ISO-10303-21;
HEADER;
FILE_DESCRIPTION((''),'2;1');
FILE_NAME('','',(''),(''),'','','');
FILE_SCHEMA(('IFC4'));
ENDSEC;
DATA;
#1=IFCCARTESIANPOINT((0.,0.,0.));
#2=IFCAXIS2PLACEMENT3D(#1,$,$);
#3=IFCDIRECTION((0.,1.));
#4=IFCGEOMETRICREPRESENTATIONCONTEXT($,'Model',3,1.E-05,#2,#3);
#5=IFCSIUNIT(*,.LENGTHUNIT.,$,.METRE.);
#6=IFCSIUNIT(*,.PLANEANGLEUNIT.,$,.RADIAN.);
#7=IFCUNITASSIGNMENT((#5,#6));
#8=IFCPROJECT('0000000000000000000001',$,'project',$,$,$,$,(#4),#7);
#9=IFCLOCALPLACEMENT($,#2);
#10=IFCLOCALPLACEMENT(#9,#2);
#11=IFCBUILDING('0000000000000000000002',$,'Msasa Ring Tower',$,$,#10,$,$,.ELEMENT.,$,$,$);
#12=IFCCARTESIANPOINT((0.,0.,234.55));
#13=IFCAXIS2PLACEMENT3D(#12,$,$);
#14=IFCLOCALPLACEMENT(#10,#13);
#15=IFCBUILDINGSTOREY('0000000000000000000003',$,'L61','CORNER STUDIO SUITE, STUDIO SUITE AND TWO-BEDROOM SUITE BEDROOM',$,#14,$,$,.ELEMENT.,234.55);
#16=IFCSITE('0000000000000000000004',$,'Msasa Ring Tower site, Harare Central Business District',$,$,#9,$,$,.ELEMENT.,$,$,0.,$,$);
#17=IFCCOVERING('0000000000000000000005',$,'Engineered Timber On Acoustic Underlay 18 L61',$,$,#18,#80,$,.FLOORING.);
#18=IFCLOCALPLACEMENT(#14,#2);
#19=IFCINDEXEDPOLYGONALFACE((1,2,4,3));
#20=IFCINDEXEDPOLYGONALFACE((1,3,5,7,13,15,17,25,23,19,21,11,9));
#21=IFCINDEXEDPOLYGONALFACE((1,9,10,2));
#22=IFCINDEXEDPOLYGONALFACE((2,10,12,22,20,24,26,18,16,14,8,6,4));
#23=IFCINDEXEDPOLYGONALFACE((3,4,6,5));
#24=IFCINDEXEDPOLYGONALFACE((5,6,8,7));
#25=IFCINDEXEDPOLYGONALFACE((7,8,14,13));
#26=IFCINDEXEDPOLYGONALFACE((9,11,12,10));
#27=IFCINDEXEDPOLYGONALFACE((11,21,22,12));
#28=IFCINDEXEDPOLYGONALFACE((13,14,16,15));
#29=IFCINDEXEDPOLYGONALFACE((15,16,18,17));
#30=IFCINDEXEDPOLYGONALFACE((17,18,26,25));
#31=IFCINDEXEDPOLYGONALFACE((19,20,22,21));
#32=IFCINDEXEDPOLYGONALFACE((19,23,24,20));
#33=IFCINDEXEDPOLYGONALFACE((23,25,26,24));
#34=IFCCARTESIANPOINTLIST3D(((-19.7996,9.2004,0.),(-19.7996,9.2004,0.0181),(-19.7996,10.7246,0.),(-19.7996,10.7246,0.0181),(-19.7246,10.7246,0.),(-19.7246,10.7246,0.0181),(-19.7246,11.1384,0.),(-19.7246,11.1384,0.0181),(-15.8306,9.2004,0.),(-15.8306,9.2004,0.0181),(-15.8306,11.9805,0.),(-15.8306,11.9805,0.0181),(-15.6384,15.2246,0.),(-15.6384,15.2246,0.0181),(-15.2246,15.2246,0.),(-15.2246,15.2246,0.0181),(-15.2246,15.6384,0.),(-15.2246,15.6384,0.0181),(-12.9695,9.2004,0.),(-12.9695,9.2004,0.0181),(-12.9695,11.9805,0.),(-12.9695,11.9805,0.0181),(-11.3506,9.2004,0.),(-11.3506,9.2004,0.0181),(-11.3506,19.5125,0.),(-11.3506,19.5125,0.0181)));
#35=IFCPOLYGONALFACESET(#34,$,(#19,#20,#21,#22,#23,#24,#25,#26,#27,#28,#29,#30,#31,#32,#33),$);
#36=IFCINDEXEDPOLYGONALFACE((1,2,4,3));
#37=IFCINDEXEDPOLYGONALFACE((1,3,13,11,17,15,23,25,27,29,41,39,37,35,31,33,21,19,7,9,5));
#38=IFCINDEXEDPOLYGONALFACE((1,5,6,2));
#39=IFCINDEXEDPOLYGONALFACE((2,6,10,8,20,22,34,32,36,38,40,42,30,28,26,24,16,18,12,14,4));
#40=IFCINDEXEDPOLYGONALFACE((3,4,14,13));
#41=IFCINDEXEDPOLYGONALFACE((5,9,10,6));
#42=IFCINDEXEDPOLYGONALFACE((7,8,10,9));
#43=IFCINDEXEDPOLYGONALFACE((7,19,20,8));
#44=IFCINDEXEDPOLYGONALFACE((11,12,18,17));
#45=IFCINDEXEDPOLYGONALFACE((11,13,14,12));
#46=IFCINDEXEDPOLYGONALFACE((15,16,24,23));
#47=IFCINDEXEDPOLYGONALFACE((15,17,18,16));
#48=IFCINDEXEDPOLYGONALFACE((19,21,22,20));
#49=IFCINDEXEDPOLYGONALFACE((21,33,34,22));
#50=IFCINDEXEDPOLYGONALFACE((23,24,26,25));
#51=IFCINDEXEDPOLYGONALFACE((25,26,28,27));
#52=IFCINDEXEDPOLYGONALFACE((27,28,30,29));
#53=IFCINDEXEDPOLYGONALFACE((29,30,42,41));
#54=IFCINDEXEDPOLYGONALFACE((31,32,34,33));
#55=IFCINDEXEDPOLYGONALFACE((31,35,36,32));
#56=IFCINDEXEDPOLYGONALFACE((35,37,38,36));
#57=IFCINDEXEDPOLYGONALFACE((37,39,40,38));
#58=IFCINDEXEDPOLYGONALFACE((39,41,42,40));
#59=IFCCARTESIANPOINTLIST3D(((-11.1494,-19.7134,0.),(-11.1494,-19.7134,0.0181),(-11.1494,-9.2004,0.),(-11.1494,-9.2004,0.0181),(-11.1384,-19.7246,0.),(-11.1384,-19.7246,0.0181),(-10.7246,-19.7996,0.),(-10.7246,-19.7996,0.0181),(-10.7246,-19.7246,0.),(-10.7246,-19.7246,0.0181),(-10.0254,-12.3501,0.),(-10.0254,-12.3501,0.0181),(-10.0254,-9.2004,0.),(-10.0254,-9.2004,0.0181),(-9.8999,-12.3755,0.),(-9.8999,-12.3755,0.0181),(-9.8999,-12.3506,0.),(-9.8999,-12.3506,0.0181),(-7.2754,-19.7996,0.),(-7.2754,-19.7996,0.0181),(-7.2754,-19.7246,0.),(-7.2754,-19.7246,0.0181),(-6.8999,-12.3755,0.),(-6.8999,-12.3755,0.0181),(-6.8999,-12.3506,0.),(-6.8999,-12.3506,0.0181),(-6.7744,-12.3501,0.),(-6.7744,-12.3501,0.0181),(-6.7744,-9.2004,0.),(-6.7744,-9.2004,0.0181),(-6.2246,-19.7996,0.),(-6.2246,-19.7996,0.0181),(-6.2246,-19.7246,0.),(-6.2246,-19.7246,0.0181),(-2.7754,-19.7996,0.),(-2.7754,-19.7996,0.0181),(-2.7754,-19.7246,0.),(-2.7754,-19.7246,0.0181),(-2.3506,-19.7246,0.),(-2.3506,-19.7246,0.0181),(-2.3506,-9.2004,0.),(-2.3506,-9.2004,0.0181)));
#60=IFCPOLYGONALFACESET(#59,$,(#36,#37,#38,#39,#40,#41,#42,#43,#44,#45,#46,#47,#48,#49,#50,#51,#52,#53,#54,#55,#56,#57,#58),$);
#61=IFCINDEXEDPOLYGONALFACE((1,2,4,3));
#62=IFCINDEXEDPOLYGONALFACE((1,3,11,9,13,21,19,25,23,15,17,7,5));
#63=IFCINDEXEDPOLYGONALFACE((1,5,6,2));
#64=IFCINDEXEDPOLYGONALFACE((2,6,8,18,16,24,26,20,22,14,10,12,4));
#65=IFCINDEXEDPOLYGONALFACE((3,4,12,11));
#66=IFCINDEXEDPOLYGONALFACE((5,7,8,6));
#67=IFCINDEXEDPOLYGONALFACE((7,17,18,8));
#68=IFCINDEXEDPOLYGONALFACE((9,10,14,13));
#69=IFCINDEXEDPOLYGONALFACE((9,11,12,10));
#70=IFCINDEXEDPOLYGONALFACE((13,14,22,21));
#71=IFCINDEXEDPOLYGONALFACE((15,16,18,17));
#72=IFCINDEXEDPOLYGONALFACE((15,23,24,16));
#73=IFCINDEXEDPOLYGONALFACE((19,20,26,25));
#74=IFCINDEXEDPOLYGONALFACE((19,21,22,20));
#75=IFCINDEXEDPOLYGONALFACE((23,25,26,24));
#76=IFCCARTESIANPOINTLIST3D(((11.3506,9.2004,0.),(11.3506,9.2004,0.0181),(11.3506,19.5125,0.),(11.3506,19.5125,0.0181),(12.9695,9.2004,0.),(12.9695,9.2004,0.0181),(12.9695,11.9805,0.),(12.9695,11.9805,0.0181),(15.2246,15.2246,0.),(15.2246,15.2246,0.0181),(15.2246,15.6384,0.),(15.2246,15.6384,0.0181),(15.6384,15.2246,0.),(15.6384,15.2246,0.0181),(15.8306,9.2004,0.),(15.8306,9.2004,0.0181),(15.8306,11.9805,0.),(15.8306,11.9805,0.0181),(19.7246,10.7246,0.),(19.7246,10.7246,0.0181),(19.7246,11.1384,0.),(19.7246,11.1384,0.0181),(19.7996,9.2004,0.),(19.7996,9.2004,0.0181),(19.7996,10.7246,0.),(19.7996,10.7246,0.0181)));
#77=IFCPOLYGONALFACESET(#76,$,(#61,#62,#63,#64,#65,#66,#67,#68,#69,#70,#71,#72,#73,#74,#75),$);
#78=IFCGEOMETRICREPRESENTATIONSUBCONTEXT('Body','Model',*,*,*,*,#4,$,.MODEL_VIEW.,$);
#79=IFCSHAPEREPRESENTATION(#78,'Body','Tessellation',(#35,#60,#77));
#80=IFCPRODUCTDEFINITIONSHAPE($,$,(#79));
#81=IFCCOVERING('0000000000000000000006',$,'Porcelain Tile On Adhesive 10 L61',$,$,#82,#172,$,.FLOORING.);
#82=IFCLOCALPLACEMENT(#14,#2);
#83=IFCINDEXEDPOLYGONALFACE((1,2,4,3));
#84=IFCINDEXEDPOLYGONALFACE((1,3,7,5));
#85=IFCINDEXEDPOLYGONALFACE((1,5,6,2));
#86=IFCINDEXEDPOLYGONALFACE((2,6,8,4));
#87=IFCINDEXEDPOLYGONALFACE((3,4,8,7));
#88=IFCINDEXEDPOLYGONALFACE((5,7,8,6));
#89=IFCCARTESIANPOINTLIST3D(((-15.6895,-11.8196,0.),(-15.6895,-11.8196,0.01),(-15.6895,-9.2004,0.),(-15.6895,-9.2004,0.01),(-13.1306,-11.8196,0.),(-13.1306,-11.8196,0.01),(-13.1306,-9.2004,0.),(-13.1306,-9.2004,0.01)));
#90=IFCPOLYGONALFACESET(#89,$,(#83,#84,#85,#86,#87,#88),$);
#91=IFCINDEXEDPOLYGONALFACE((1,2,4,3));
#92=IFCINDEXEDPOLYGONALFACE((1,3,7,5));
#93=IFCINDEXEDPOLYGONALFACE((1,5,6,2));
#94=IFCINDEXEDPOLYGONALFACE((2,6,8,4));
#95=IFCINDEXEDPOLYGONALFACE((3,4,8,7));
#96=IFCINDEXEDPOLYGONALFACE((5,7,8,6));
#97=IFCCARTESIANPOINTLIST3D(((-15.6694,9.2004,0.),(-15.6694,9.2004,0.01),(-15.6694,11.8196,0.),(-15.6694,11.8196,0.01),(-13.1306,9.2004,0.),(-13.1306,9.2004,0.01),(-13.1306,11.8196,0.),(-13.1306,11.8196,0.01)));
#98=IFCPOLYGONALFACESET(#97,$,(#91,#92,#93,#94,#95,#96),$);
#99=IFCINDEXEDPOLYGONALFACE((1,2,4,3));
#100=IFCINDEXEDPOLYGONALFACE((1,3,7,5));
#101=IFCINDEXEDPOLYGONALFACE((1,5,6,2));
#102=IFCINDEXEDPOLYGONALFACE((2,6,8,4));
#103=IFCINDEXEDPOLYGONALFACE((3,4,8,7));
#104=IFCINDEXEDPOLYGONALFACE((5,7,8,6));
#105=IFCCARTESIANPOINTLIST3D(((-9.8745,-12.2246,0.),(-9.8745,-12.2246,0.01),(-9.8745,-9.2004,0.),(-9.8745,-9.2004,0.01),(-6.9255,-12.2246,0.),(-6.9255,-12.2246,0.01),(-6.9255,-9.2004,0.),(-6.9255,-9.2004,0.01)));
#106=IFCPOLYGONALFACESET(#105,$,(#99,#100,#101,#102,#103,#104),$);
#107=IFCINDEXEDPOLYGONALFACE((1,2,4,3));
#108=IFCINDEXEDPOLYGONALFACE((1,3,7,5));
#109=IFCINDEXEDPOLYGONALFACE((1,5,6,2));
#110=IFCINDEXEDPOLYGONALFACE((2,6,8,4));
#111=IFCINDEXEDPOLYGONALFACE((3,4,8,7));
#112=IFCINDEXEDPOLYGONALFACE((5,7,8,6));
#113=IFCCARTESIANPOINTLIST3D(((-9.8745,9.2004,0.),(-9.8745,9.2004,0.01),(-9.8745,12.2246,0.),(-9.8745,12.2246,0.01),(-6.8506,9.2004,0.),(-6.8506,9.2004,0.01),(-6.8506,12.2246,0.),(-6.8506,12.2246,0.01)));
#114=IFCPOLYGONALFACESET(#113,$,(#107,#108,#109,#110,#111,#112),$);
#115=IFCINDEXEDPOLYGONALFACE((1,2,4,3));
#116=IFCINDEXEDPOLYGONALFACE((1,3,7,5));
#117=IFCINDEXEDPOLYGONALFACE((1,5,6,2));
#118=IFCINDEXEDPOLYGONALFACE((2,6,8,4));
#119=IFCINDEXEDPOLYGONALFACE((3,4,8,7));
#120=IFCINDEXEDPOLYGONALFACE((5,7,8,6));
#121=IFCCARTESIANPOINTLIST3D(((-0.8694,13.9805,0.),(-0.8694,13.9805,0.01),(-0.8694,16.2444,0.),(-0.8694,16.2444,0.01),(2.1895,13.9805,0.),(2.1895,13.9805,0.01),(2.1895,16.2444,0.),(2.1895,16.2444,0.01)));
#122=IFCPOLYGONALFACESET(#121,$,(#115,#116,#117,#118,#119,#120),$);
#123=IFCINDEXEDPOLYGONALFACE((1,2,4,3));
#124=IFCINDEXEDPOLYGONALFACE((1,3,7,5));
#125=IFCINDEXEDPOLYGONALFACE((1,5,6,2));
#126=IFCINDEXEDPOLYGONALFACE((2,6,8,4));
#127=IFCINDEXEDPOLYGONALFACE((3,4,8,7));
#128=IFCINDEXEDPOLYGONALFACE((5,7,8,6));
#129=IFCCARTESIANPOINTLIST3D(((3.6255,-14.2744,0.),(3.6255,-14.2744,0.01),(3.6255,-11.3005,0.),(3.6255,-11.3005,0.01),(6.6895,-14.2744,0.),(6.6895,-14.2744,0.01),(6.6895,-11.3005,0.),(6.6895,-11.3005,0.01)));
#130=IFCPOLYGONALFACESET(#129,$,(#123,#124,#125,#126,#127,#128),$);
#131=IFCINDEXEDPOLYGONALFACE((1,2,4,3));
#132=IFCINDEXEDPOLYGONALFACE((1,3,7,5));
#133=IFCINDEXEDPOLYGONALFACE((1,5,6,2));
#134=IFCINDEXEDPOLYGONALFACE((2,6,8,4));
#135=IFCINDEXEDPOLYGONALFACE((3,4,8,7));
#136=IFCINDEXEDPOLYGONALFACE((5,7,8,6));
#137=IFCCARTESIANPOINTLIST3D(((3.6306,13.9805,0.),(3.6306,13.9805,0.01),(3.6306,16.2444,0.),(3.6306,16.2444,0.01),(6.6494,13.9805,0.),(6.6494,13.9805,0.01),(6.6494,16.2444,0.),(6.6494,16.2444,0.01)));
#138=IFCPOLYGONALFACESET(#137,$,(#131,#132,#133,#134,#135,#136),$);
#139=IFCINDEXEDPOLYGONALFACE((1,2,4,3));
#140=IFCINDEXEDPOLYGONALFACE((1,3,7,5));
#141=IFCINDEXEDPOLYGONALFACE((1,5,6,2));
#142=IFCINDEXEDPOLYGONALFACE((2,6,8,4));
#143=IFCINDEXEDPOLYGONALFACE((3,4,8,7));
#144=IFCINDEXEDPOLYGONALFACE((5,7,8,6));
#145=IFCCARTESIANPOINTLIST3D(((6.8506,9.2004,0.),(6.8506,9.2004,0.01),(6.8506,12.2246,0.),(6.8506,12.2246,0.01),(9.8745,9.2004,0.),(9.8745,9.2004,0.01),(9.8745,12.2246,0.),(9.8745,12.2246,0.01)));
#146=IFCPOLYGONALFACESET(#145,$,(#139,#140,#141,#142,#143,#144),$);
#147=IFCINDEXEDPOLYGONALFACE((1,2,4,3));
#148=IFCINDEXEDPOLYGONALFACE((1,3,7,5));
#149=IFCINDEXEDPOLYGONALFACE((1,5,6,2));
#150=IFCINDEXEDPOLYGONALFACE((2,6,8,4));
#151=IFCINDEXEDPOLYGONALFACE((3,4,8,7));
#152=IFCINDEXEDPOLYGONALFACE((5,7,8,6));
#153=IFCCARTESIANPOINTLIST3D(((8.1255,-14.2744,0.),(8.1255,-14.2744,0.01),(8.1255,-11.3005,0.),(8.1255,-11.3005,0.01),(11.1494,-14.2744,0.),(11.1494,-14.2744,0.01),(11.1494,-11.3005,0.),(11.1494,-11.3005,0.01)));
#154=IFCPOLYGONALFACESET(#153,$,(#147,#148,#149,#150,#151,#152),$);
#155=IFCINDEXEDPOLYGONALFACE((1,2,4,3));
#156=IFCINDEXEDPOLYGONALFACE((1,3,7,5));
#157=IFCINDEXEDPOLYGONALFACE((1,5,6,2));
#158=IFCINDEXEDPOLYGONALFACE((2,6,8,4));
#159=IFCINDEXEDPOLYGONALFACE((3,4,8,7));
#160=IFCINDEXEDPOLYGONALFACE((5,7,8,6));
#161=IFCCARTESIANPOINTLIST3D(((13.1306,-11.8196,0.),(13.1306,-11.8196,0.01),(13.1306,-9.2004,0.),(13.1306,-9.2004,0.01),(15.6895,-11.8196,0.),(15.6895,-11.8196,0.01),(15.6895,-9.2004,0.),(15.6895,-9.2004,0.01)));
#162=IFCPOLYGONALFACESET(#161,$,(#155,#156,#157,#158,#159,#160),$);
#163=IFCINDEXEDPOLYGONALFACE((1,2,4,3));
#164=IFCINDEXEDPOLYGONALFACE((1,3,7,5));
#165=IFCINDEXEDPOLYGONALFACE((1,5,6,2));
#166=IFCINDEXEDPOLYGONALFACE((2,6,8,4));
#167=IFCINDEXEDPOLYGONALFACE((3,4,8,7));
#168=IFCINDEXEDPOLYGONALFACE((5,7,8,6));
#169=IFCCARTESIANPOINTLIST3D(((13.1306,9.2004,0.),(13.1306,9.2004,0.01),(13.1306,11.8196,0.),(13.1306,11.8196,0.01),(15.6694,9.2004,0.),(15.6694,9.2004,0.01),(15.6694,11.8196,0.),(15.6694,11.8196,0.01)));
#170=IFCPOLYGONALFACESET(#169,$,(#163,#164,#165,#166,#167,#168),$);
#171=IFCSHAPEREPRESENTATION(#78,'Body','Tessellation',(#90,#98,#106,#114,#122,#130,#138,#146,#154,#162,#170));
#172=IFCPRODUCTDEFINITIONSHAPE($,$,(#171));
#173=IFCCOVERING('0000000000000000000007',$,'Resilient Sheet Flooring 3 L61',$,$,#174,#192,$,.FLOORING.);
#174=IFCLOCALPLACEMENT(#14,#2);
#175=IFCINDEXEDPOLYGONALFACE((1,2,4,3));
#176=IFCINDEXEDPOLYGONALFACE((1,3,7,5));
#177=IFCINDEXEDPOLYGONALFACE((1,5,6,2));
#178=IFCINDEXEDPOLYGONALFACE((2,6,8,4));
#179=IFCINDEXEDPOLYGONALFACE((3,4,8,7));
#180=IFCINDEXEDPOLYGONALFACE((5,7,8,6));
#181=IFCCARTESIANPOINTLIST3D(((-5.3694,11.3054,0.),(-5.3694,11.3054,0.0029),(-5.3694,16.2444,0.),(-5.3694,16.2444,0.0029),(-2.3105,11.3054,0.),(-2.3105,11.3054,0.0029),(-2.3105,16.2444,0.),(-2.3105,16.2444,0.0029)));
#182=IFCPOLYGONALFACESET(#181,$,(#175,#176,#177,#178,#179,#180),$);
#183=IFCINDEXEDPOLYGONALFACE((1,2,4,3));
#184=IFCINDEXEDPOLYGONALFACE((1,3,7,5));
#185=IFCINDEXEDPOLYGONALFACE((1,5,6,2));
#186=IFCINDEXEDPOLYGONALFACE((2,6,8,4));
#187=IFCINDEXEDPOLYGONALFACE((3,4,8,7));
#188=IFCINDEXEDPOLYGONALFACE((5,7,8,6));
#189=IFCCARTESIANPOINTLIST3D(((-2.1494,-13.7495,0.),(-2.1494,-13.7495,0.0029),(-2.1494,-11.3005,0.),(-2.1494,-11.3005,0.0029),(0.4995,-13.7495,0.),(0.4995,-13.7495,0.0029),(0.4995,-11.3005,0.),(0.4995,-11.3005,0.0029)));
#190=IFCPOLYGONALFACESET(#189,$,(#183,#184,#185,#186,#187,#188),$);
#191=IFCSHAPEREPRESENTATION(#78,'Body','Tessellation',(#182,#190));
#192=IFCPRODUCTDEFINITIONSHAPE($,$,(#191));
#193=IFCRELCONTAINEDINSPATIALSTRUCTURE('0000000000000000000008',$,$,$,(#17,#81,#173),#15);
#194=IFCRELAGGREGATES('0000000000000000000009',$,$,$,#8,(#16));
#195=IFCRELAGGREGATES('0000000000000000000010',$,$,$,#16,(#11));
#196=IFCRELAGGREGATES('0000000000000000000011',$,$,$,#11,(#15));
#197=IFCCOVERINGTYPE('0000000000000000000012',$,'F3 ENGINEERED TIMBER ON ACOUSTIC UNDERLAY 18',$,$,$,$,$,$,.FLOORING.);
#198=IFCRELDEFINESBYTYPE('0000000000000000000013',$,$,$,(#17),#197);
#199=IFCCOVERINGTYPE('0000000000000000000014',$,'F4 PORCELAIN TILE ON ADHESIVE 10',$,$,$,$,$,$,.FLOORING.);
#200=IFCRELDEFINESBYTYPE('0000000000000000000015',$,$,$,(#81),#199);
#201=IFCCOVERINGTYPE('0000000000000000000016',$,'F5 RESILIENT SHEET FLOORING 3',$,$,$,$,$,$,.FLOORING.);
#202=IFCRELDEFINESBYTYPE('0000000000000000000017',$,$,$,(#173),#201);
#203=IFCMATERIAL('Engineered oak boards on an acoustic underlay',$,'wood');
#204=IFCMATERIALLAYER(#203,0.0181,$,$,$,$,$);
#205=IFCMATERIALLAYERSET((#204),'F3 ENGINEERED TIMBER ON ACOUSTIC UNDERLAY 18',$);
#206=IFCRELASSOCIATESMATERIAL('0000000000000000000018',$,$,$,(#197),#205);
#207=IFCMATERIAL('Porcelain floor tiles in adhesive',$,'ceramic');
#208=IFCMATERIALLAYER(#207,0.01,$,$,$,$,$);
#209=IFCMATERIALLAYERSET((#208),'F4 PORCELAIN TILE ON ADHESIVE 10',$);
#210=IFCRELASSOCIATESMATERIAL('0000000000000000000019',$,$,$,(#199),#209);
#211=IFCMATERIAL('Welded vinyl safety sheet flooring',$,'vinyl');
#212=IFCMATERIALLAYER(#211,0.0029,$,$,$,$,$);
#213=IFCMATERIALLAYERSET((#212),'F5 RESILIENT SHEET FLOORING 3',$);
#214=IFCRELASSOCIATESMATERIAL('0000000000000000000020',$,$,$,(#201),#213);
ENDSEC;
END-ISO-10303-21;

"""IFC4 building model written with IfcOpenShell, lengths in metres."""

from ifc_helpers import new_model, si_unit, direction, frame, origin, place, context, subcontext, project, spatial, line, indexed_curve, outline, extrude, material, layer, layer_set, type_object, element, save


model = new_model("IFC4")

# Units and contexts
model_context = context("Model", 3, precision=1e-05, world=origin(), true_north=direction((0.0, 1.0)))
body_context = subcontext(model_context, "Body", "Model", "MODEL_VIEW")
ifc_project = project(units=[si_unit("LENGTHUNIT", "METRE"), si_unit("PLANEANGLEUNIT", "RADIAN")], contexts=[model_context])

# Site, building, storey
site_placement = place(None, origin())
site = spatial("IfcSite", under=ifc_project, at=site_placement, Name="Msasa Ring Tower site, Harare Central Business District", CompositionType="ELEMENT", RefElevation=0.0)
building_placement = place(site_placement, origin())
building = spatial("IfcBuilding", under=site, at=building_placement, Name="Msasa Ring Tower", CompositionType="ELEMENT")
storey_placement = place(building_placement, frame((0.0, 0.0, 234.55)))
storey = spatial("IfcBuildingStorey", under=building, at=storey_placement, Name="L61", Description="CORNER STUDIO SUITE, STUDIO SUITE AND TWO-BEDROOM SUITE BEDROOM", CompositionType="ELEMENT", Elevation=234.55)

# Coverings
ifc_material_1 = material(Name="Engineered oak boards on an acoustic underlay", Category="wood")
ifc_layer_1 = layer(ifc_material_1, 0.0181)
ifc_layer_set_1 = layer_set([ifc_layer_1], Name="F3 ENGINEERED TIMBER ON ACOUSTIC UNDERLAY 18")
covering_type_1 = type_object("IfcCoveringType", Name="F3 ENGINEERED TIMBER ON ACOUSTIC UNDERLAY 18", PredefinedType="FLOORING", material=ifc_layer_set_1)
covering_1_placement = place(storey_placement, origin())
element("IfcCovering", 1, at=covering_1_placement, inside=storey, type_object=covering_type_1, Name="Engineered Timber On Acoustic Underlay 18 L61", PredefinedType="FLOORING", context=body_context, shape_type="SweptSolid", body=[
    extrude(outline(indexed_curve([(-15.8306, 9.2004), (-19.7996, 9.2004), (-19.7996, 10.7246), (-19.7246, 10.7246), (-19.7246, 11.1384), (-15.6384, 15.2246), (-15.2246, 15.2246), (-15.2246, 15.6384), (-11.3506, 19.5125), (-11.3506, 9.2004), (-12.9695, 9.2004), (-12.9695, 11.9805), (-15.8306, 11.9805)], segments=[line(1, 2, 3, 4, 5, 6, 7, 8, 9, 10, 11, 12, 13, 1)], self_intersect=False)), origin(), (0.0, 0.0, 1.0), 0.0181),
    extrude(outline(indexed_curve([(-11.1494, -9.2004), (-10.0254, -9.2004), (-10.0254, -12.3501), (-9.8999, -12.3506), (-9.8999, -12.3755), (-6.8999, -12.3755), (-6.8999, -12.3506), (-6.7744, -12.3501), (-6.7744, -9.2004), (-2.3506, -9.2004), (-2.3506, -19.7246), (-2.7754, -19.7246), (-2.7754, -19.7996), (-6.2246, -19.7996), (-6.2246, -19.7246), (-7.2754, -19.7246), (-7.2754, -19.7996), (-10.7246, -19.7996), (-10.7246, -19.7246), (-11.1384, -19.7246), (-11.1494, -19.7134)], segments=[line(1, 2, 3, 4, 5, 6, 7, 8, 9, 10, 11, 12, 13, 14, 15, 16, 17, 18, 19, 20, 21, 1)], self_intersect=False)), origin(), (0.0, 0.0, 1.0), 0.0181),
    extrude(outline(indexed_curve([(15.8306, 11.9805), (12.9695, 11.9805), (12.9695, 9.2004), (11.3506, 9.2004), (11.3506, 19.5125), (15.2246, 15.6384), (15.2246, 15.2246), (15.6384, 15.2246), (19.7246, 11.1384), (19.7246, 10.7246), (19.7996, 10.7246), (19.7996, 9.2004), (15.8306, 9.2004)], segments=[line(1, 2, 3, 4, 5, 6, 7, 8, 9, 10, 11, 12, 13, 1)], self_intersect=False)), origin(), (0.0, 0.0, 1.0), 0.0181),
])
ifc_material_2 = material(Name="Porcelain floor tiles in adhesive", Category="ceramic")
ifc_layer_2 = layer(ifc_material_2, 0.01)
ifc_layer_set_2 = layer_set([ifc_layer_2], Name="F4 PORCELAIN TILE ON ADHESIVE 10")
covering_type_2 = type_object("IfcCoveringType", Name="F4 PORCELAIN TILE ON ADHESIVE 10", PredefinedType="FLOORING", material=ifc_layer_set_2)
covering_2_placement = place(storey_placement, origin())
element("IfcCovering", 2, at=covering_2_placement, inside=storey, type_object=covering_type_2, Name="Porcelain Tile On Adhesive 10 L61", PredefinedType="FLOORING", context=body_context, shape_type="SweptSolid", body=[
    extrude(outline(indexed_curve([(-15.6895, -9.2004), (-13.1306, -9.2004), (-13.1306, -11.8196), (-15.6895, -11.8196)], segments=[line(1, 2, 3, 4, 1)], self_intersect=False)), origin(), (0.0, 0.0, 1.0), 0.01),
    extrude(outline(indexed_curve([(-13.1306, 11.8196), (-13.1306, 9.2004), (-15.6694, 9.2004), (-15.6694, 11.8196)], segments=[line(1, 2, 3, 4, 1)], self_intersect=False)), origin(), (0.0, 0.0, 1.0), 0.01),
    extrude(outline(indexed_curve([(-6.9255, -9.2004), (-6.9255, -12.2246), (-9.8745, -12.2246), (-9.8745, -9.2004)], segments=[line(1, 2, 3, 4, 1)], self_intersect=False)), origin(), (0.0, 0.0, 1.0), 0.01),
    extrude(outline(indexed_curve([(-9.8745, 9.2004), (-9.8745, 12.2246), (-6.8506, 12.2246), (-6.8506, 9.2004)], segments=[line(1, 2, 3, 4, 1)], self_intersect=False)), origin(), (0.0, 0.0, 1.0), 0.01),
    extrude(outline(indexed_curve([(-0.8694, 16.2444), (2.1895, 16.2444), (2.1895, 13.9805), (-0.8694, 13.9805)], segments=[line(1, 2, 3, 4, 1)], self_intersect=False)), origin(), (0.0, 0.0, 1.0), 0.01),
    extrude(outline(indexed_curve([(6.6895, -11.3005), (6.6895, -14.2744), (3.6255, -14.2744), (3.6255, -11.3005)], segments=[line(1, 2, 3, 4, 1)], self_intersect=False)), origin(), (0.0, 0.0, 1.0), 0.01),
    extrude(outline(indexed_curve([(6.6494, 16.2444), (6.6494, 13.9805), (3.6306, 13.9805), (3.6306, 16.2444)], segments=[line(1, 2, 3, 4, 1)], self_intersect=False)), origin(), (0.0, 0.0, 1.0), 0.01),
    extrude(outline(indexed_curve([(6.8506, 9.2004), (6.8506, 12.2246), (9.8745, 12.2246), (9.8745, 9.2004)], segments=[line(1, 2, 3, 4, 1)], self_intersect=False)), origin(), (0.0, 0.0, 1.0), 0.01),
    extrude(outline(indexed_curve([(11.1494, -11.3005), (11.1494, -14.2744), (8.1255, -14.2744), (8.1255, -11.3005)], segments=[line(1, 2, 3, 4, 1)], self_intersect=False)), origin(), (0.0, 0.0, 1.0), 0.01),
    extrude(outline(indexed_curve([(15.6895, -9.2004), (15.6895, -11.8196), (13.1306, -11.8196), (13.1306, -9.2004)], segments=[line(1, 2, 3, 4, 1)], self_intersect=False)), origin(), (0.0, 0.0, 1.0), 0.01),
    extrude(outline(indexed_curve([(13.1306, 11.8196), (15.6694, 11.8196), (15.6694, 9.2004), (13.1306, 9.2004)], segments=[line(1, 2, 3, 4, 1)], self_intersect=False)), origin(), (0.0, 0.0, 1.0), 0.01),
])
ifc_material_3 = material(Name="Welded vinyl safety sheet flooring", Category="vinyl")
ifc_layer_3 = layer(ifc_material_3, 0.0029)
ifc_layer_set_3 = layer_set([ifc_layer_3], Name="F5 RESILIENT SHEET FLOORING 3")
covering_type_3 = type_object("IfcCoveringType", Name="F5 RESILIENT SHEET FLOORING 3", PredefinedType="FLOORING", material=ifc_layer_set_3)
covering_3_placement = place(storey_placement, origin())
element("IfcCovering", 3, at=covering_3_placement, inside=storey, type_object=covering_type_3, Name="Resilient Sheet Flooring 3 L61", PredefinedType="FLOORING", context=body_context, shape_type="SweptSolid", body=[
    extrude(outline(indexed_curve([(-2.3105, 11.3054), (-5.3694, 11.3054), (-5.3694, 16.2444), (-2.3105, 16.2444)], segments=[line(1, 2, 3, 4, 1)], self_intersect=False)), origin(), (0.0, 0.0, 1.0), 0.0029),
    extrude(outline(indexed_curve([(0.4995, -13.7495), (-2.1494, -13.7495), (-2.1494, -11.3005), (0.4995, -11.3005)], segments=[line(1, 2, 3, 4, 1)], self_intersect=False)), origin(), (0.0, 0.0, 1.0), 0.0029),
])

save(model, "model.ifc")
